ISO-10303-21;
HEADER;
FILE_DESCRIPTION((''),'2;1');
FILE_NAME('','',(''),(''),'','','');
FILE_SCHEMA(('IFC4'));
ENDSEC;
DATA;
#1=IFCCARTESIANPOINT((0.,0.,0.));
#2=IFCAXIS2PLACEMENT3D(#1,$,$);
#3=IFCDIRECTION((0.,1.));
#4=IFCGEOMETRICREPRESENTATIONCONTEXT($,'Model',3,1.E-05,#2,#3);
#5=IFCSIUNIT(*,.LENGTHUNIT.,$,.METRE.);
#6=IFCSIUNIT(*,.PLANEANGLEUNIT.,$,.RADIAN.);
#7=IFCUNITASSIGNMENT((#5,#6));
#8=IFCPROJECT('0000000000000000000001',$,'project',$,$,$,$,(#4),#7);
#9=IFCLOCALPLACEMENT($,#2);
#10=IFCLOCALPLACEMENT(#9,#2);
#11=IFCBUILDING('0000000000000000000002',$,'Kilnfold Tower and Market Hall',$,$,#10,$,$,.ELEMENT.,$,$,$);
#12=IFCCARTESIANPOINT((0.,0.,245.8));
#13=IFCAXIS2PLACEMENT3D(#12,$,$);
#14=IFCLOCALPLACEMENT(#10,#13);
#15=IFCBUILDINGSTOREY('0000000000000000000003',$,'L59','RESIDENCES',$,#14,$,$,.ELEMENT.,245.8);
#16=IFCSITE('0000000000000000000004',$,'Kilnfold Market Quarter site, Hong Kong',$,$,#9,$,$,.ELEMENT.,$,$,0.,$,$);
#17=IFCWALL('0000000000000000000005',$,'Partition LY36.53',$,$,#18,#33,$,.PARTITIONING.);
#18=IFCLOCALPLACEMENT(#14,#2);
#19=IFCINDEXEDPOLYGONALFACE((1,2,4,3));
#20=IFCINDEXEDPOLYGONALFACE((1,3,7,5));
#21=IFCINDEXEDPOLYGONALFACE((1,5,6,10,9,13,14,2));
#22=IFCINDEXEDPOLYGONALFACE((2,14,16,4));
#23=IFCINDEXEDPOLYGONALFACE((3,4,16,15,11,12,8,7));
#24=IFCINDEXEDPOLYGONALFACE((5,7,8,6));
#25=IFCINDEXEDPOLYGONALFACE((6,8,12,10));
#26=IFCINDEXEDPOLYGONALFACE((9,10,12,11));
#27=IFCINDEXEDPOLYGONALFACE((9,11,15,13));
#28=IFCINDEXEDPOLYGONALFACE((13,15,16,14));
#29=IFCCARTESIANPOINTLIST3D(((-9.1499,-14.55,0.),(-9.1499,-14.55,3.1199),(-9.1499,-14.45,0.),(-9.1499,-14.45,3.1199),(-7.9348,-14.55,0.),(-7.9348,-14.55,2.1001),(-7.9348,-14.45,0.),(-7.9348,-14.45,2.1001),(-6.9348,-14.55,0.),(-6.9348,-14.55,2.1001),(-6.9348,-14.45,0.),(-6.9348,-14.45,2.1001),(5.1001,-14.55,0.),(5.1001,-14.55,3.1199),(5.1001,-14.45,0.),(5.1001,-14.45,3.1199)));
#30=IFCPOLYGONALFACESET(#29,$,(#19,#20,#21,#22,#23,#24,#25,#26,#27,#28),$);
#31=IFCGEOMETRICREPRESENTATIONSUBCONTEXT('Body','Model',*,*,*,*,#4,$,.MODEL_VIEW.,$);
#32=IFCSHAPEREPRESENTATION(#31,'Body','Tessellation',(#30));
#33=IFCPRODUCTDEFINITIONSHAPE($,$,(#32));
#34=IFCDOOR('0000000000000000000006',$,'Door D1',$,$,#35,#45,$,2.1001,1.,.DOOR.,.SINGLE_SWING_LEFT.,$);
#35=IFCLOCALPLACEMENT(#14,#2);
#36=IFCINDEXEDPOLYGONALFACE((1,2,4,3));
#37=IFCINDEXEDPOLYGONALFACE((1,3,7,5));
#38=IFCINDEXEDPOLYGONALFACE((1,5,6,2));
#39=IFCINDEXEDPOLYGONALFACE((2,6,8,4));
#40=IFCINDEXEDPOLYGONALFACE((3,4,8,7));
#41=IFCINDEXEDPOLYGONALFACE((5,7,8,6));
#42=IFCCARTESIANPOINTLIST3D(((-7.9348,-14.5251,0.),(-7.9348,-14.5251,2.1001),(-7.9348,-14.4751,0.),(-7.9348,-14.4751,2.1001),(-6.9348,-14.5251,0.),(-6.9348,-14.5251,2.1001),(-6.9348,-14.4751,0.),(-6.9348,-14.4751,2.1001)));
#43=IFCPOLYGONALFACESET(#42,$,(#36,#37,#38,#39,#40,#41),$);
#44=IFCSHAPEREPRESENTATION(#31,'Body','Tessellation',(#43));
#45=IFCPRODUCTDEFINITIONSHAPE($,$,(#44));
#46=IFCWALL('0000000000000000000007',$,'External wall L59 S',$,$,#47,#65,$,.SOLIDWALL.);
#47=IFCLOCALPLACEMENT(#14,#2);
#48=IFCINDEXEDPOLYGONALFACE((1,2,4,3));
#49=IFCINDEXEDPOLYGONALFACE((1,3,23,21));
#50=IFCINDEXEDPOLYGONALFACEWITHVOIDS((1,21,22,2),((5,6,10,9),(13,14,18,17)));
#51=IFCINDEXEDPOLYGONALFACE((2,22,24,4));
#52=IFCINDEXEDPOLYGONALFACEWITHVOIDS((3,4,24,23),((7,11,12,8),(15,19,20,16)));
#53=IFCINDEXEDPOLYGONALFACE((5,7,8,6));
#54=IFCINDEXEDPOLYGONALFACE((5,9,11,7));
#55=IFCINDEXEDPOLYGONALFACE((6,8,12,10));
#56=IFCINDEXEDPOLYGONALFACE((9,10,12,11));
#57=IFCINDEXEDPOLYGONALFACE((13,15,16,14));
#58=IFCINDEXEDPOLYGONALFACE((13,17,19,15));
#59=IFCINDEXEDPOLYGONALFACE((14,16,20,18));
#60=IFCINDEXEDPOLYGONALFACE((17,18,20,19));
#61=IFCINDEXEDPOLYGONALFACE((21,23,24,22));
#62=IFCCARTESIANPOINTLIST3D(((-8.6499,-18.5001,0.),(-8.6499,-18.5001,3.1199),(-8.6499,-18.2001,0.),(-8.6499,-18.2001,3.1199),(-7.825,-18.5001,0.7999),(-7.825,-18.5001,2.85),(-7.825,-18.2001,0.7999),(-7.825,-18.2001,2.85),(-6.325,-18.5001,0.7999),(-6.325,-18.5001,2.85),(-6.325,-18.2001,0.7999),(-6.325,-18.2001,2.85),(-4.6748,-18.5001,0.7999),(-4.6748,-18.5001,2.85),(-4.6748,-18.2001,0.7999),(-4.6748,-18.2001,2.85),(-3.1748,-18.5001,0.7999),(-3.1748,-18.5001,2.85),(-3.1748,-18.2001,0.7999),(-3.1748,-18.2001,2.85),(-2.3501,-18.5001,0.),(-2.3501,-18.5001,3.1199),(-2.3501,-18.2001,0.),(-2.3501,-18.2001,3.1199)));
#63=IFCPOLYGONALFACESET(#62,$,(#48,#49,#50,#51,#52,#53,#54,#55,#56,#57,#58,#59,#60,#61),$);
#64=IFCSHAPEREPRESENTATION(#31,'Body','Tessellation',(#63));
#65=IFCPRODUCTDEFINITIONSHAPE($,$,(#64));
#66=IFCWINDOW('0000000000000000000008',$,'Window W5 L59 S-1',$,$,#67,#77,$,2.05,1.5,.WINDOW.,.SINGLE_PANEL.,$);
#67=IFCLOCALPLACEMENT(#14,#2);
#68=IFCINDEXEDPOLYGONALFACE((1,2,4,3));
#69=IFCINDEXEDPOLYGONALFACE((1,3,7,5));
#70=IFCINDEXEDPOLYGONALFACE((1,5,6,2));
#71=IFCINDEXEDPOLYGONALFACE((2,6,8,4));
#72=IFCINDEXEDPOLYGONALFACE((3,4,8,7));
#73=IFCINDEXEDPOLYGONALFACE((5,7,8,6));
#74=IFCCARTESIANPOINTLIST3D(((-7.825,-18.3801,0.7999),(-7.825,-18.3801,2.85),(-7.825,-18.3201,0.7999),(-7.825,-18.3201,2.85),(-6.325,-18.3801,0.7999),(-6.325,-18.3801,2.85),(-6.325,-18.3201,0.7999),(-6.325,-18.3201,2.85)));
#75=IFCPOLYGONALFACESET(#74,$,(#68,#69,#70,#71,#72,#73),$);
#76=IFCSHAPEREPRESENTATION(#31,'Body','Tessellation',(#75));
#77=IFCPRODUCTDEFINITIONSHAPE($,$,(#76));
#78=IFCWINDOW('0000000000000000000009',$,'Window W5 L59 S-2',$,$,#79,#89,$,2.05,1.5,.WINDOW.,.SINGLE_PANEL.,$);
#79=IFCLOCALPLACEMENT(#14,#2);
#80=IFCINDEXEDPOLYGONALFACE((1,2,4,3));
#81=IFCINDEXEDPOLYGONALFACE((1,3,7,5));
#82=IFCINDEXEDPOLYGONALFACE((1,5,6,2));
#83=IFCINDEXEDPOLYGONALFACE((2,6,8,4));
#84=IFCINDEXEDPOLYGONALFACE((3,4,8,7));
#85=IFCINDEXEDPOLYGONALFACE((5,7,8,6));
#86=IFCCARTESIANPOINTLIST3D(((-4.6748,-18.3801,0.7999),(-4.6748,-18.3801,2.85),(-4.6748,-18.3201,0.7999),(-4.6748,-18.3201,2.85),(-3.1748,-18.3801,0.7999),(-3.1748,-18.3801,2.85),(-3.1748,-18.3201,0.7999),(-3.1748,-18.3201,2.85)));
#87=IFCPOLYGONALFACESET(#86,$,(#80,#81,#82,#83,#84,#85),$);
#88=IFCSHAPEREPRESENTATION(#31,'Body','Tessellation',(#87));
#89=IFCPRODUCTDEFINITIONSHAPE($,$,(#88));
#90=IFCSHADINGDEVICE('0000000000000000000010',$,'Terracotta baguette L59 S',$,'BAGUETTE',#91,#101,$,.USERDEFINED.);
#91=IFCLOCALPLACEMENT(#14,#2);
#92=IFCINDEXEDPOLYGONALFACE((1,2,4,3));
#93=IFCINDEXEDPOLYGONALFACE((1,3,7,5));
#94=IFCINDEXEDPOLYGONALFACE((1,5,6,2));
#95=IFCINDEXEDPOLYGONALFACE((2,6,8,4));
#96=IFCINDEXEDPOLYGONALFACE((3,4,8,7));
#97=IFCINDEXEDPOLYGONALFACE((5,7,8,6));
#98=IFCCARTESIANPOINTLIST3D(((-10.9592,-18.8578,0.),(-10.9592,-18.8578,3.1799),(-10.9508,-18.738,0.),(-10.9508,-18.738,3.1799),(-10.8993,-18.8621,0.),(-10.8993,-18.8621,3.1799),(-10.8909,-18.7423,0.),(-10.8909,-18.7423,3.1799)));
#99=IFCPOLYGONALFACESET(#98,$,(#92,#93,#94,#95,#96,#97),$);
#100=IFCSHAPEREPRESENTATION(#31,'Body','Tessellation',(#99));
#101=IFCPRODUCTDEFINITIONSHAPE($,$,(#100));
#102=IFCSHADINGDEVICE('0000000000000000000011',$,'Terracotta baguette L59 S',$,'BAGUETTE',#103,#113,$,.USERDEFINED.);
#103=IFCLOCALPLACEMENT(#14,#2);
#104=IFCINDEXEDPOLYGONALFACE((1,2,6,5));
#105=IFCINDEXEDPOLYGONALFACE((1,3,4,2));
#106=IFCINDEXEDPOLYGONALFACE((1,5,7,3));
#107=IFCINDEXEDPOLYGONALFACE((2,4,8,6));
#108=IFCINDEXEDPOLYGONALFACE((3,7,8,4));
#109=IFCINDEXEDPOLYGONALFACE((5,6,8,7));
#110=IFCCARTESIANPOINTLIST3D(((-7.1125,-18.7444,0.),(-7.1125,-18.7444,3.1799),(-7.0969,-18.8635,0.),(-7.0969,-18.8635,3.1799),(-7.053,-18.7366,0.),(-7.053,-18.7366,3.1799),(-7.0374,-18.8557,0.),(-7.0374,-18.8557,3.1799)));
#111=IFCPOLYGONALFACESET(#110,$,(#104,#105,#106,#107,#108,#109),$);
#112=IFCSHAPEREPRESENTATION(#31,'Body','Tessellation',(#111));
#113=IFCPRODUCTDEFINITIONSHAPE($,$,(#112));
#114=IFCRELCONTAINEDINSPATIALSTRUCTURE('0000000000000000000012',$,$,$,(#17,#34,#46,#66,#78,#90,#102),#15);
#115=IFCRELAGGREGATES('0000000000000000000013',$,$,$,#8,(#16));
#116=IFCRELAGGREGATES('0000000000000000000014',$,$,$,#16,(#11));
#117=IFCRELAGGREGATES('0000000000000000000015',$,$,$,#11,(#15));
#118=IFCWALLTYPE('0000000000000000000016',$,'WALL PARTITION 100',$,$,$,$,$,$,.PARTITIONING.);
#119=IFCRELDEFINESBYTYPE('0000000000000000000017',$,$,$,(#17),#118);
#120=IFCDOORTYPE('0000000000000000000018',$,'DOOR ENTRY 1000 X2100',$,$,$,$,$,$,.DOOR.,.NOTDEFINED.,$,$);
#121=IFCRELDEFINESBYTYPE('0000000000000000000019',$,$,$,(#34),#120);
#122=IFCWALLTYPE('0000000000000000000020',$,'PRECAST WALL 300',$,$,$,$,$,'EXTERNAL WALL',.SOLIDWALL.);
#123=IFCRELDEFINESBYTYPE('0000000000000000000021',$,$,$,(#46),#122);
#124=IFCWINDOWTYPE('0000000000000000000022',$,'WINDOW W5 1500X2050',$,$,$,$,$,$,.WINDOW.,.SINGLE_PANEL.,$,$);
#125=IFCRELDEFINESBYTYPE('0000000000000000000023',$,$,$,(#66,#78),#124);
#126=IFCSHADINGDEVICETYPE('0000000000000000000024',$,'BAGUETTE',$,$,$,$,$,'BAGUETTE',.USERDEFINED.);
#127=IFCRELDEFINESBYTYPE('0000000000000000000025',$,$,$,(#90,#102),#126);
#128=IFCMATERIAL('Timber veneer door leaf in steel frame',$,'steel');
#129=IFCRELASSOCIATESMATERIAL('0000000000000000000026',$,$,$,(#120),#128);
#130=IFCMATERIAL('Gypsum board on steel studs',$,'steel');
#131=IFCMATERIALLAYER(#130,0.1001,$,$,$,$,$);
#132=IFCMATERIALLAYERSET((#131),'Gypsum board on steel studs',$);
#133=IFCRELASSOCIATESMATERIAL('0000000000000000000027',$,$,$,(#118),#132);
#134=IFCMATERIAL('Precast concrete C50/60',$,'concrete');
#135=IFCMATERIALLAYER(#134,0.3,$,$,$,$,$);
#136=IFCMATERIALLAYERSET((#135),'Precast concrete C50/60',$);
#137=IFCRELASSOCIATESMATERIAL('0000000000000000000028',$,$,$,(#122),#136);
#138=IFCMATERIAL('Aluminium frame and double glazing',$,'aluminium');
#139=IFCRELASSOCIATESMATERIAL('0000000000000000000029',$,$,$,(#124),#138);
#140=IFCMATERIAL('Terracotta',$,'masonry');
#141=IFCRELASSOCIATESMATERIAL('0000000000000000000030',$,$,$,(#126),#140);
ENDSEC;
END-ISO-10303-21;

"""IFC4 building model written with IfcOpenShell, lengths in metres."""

from ifc_helpers import new_model, si_unit, direction, frame, frame_2d, origin, origin_2d, place, context, subcontext, project, spatial, rectangle, extrude, source, transform, mapped, material, layer, layer_set, material_profile, profile_set, type_object, element, fill, save


model = new_model("IFC4")

# Units and contexts
model_context = context("Model", 3, precision=1e-05, world=origin(), true_north=direction((0.0, 1.0)))
body_context = subcontext(model_context, "Body", "Model", "MODEL_VIEW")
ifc_project = project(units=[si_unit("LENGTHUNIT", "METRE"), si_unit("PLANEANGLEUNIT", "RADIAN")], contexts=[model_context])

# Site, building, storey
site_placement = place(None, origin())
site = spatial("IfcSite", under=ifc_project, at=site_placement, Name="Kilnfold Market Quarter site, Hong Kong", CompositionType="ELEMENT", RefElevation=0.0)
building_placement = place(site_placement, origin())
building = spatial("IfcBuilding", under=site, at=building_placement, Name="Kilnfold Tower and Market Hall", CompositionType="ELEMENT")
storey_placement = place(building_placement, frame((0.0, 0.0, 245.8)))
storey = spatial("IfcBuildingStorey", under=building, at=storey_placement, Name="L59", Description="RESIDENCES", CompositionType="ELEMENT", Elevation=245.8)

# Shared definitions
ifc_material_1 = material(Name="Timber veneer door leaf in steel frame", Category="steel")
door_type_1 = type_object("IfcDoorType", Name="DOOR ENTRY 1000 X2100", OperationType="NOTDEFINED", PredefinedType="DOOR", material=ifc_material_1)

# Wall, opening, door
ifc_material_2 = material(Name="Gypsum board on steel studs", Category="steel")
ifc_layer_1 = layer(ifc_material_2, 0.1001)
ifc_layer_set_1 = layer_set([ifc_layer_1], Name="Gypsum board on steel studs")
wall_type_1 = type_object("IfcWallType", Name="WALL PARTITION 100", PredefinedType="PARTITIONING", material=ifc_layer_set_1)
wall_1_placement = place(storey_placement, frame((-9.1499, -14.5, 0.0), z_axis=(0.0, 0.0, 1.0), x_axis=(1.0, 0.0, 0.0)))
wall_1 = element("IfcWall", 1, at=wall_1_placement, inside=storey, type_object=wall_type_1, Name="Partition LY36.53", PredefinedType="PARTITIONING", context=body_context, shape_type="SweptSolid", body=[
    extrude(rectangle(XDim=14.25, YDim=0.1001, at=frame_2d((7.125, 0.0))), origin(), (0.0, 0.0, 1.0), 3.1199),
])
opening_1_placement = place(wall_1_placement, frame((1.2151, 0.0, 0.0)))
opening_1 = element("IfcOpeningElement", 2, at=opening_1_placement, cuts=wall_1, PredefinedType="OPENING", context=body_context, shape_type="SweptSolid", body=[
    extrude(rectangle(XDim=1.0, YDim=2.1001, at=frame_2d((0.5, 1.05))), frame((0.0, 0.0601, 0.0), z_axis=(0.0, -1.0, 0.0), x_axis=(1.0, 0.0, 0.0)), (0.0, 0.0, 1.0), 0.1201),
])
door_1_placement = place(opening_1_placement, origin())
door_1 = element("IfcDoor", 3, at=door_1_placement, inside=storey, type_object=door_type_1, Name="Door D1", OperationType="SINGLE_SWING_LEFT", OverallHeight=2.1001, OverallWidth=1.0, PredefinedType="DOOR", context=body_context, shape_type="SweptSolid", body=[
    extrude(rectangle(XDim=1.0, YDim=2.1001, at=frame_2d((0.5, 1.05))), frame((0.0, 0.0249, 0.0), z_axis=(0.0, -1.0, 0.0), x_axis=(1.0, 0.0, 0.0)), (0.0, 0.0, 1.0), 0.05),
])
fill(opening_1, door_1)

# Wall, openings, windows
ifc_material_3 = material(Name="Precast concrete C50/60", Category="concrete")
ifc_layer_2 = layer(ifc_material_3, 0.3)
ifc_layer_set_2 = layer_set([ifc_layer_2], Name="Precast concrete C50/60")
wall_type_2 = type_object("IfcWallType", Name="PRECAST WALL 300", ElementType="EXTERNAL WALL", PredefinedType="SOLIDWALL", material=ifc_layer_set_2)
shared_shape_1 = source(origin(), body_context, "Body", "SweptSolid", [
    extrude(rectangle(XDim=6.2998, YDim=0.3, at=frame_2d((3.1499, 0.0))), origin(), (0.0, 0.0, 1.0), 3.1199),
])
wall_2_placement = place(storey_placement, frame((-8.6499, -18.3501, 0.0), z_axis=(0.0, 0.0, 1.0), x_axis=(1.0, 0.0, 0.0)))
wall_2 = element("IfcWall", 4, at=wall_2_placement, inside=storey, type_object=wall_type_2, Name="External wall L59 S", PredefinedType="SOLIDWALL", context=body_context, shape_type="MappedRepresentation", body=[
    mapped(shared_shape_1, transform((0.0, 0.0, 0.0))),
])
opening_2_placement = place(wall_2_placement, frame((0.825, 0.0, 0.8)))
opening_2 = element("IfcOpeningElement", 5, at=opening_2_placement, cuts=wall_2, PredefinedType="OPENING", context=body_context, shape_type="SweptSolid", body=[
    extrude(rectangle(XDim=1.5, YDim=2.05, at=frame_2d((0.75, 1.0249))), frame((0.0, 0.1602, 0.0), z_axis=(0.0, -1.0, 0.0), x_axis=(1.0, 0.0, 0.0)), (0.0, 0.0, 1.0), 0.3201),
])
opening_3_placement = place(wall_2_placement, frame((3.9751, 0.0, 0.8)))
opening_3 = element("IfcOpeningElement", 6, at=opening_3_placement, cuts=wall_2, PredefinedType="OPENING", context=body_context, shape_type="SweptSolid", body=[
    extrude(rectangle(XDim=1.5, YDim=2.05, at=frame_2d((0.75, 1.0249))), frame((0.0, 0.1602, 0.0), z_axis=(0.0, -1.0, 0.0), x_axis=(1.0, 0.0, 0.0)), (0.0, 0.0, 1.0), 0.3201),
])
ifc_material_4 = material(Name="Aluminium frame and double glazing", Category="aluminium")
window_type = type_object("IfcWindowType", Name="WINDOW W5 1500X2050", PartitioningType="SINGLE_PANEL", PredefinedType="WINDOW", material=ifc_material_4)
window_1_placement = place(opening_2_placement, origin())
window_1 = element("IfcWindow", 7, at=window_1_placement, inside=storey, type_object=window_type, Name="Window W5 L59 S-1", OverallHeight=2.05, OverallWidth=1.5, PartitioningType="SINGLE_PANEL", PredefinedType="WINDOW", context=body_context, shape_type="SweptSolid", body=[
    extrude(rectangle(XDim=1.5, YDim=2.05, at=frame_2d((0.75, 1.0249))), frame((0.0, 0.03, 0.0), z_axis=(0.0, -1.0, 0.0), x_axis=(1.0, 0.0, 0.0)), (0.0, 0.0, 1.0), 0.0601),
])
fill(opening_2, window_1)
window_2_placement = place(opening_3_placement, origin())
window_2 = element("IfcWindow", 8, at=window_2_placement, inside=storey, type_object=window_type, Name="Window W5 L59 S-2", OverallHeight=2.05, OverallWidth=1.5, PartitioningType="SINGLE_PANEL", PredefinedType="WINDOW", context=body_context, shape_type="SweptSolid", body=[
    extrude(rectangle(XDim=1.5, YDim=2.05, at=frame_2d((0.75, 1.0249))), frame((0.0, 0.03, 0.0), z_axis=(0.0, -1.0, 0.0), x_axis=(1.0, 0.0, 0.0)), (0.0, 0.0, 1.0), 0.0601),
])
fill(opening_3, window_2)

# Shading devices
ifc_material_5 = material(Name="Terracotta", Category="masonry")
ifc_material_profile_1 = material_profile(ifc_material_5, rectangle(XDim=0.0601, YDim=0.1201, at=origin_2d()), Name="BAG 60x120")
ifc_profile_set_1 = profile_set([ifc_material_profile_1], Name="Terracotta")
shading_device_type = type_object("IfcShadingDeviceType", Name="BAGUETTE", ElementType="BAGUETTE", PredefinedType="USERDEFINED", material=ifc_profile_set_1)
shared_shape_2 = source(origin(), body_context, "Body", "SweptSolid", [
    extrude(rectangle(XDim=0.0601, YDim=0.1201, at=origin_2d()), origin(), (0.0, 0.0, 1.0), 3.1799),
])
for number, where, z_axis, x_axis, name in (
    (9, (-10.925, -18.8, 0.0), (0.0, 0.0, 1.0), (0.997502, -0.070639, 0.0), "Terracotta baguette L59 S"),
    (10, (-7.075, -18.8, 0.0), (0.0, 0.0, 1.0), (0.991564, 0.129616, 0.0), "Terracotta baguette L59 S"),
):
    element("IfcShadingDevice", number, at=place(storey_placement, frame(where, z_axis=z_axis, x_axis=x_axis)), inside=storey, type_object=shading_device_type, Name=name, ObjectType="BAGUETTE", PredefinedType="USERDEFINED", context=body_context, shape_type="MappedRepresentation", body=[
        mapped(shared_shape_2, transform((0.0, 0.0, 0.0))),
    ])

save(model, "model.ifc")
